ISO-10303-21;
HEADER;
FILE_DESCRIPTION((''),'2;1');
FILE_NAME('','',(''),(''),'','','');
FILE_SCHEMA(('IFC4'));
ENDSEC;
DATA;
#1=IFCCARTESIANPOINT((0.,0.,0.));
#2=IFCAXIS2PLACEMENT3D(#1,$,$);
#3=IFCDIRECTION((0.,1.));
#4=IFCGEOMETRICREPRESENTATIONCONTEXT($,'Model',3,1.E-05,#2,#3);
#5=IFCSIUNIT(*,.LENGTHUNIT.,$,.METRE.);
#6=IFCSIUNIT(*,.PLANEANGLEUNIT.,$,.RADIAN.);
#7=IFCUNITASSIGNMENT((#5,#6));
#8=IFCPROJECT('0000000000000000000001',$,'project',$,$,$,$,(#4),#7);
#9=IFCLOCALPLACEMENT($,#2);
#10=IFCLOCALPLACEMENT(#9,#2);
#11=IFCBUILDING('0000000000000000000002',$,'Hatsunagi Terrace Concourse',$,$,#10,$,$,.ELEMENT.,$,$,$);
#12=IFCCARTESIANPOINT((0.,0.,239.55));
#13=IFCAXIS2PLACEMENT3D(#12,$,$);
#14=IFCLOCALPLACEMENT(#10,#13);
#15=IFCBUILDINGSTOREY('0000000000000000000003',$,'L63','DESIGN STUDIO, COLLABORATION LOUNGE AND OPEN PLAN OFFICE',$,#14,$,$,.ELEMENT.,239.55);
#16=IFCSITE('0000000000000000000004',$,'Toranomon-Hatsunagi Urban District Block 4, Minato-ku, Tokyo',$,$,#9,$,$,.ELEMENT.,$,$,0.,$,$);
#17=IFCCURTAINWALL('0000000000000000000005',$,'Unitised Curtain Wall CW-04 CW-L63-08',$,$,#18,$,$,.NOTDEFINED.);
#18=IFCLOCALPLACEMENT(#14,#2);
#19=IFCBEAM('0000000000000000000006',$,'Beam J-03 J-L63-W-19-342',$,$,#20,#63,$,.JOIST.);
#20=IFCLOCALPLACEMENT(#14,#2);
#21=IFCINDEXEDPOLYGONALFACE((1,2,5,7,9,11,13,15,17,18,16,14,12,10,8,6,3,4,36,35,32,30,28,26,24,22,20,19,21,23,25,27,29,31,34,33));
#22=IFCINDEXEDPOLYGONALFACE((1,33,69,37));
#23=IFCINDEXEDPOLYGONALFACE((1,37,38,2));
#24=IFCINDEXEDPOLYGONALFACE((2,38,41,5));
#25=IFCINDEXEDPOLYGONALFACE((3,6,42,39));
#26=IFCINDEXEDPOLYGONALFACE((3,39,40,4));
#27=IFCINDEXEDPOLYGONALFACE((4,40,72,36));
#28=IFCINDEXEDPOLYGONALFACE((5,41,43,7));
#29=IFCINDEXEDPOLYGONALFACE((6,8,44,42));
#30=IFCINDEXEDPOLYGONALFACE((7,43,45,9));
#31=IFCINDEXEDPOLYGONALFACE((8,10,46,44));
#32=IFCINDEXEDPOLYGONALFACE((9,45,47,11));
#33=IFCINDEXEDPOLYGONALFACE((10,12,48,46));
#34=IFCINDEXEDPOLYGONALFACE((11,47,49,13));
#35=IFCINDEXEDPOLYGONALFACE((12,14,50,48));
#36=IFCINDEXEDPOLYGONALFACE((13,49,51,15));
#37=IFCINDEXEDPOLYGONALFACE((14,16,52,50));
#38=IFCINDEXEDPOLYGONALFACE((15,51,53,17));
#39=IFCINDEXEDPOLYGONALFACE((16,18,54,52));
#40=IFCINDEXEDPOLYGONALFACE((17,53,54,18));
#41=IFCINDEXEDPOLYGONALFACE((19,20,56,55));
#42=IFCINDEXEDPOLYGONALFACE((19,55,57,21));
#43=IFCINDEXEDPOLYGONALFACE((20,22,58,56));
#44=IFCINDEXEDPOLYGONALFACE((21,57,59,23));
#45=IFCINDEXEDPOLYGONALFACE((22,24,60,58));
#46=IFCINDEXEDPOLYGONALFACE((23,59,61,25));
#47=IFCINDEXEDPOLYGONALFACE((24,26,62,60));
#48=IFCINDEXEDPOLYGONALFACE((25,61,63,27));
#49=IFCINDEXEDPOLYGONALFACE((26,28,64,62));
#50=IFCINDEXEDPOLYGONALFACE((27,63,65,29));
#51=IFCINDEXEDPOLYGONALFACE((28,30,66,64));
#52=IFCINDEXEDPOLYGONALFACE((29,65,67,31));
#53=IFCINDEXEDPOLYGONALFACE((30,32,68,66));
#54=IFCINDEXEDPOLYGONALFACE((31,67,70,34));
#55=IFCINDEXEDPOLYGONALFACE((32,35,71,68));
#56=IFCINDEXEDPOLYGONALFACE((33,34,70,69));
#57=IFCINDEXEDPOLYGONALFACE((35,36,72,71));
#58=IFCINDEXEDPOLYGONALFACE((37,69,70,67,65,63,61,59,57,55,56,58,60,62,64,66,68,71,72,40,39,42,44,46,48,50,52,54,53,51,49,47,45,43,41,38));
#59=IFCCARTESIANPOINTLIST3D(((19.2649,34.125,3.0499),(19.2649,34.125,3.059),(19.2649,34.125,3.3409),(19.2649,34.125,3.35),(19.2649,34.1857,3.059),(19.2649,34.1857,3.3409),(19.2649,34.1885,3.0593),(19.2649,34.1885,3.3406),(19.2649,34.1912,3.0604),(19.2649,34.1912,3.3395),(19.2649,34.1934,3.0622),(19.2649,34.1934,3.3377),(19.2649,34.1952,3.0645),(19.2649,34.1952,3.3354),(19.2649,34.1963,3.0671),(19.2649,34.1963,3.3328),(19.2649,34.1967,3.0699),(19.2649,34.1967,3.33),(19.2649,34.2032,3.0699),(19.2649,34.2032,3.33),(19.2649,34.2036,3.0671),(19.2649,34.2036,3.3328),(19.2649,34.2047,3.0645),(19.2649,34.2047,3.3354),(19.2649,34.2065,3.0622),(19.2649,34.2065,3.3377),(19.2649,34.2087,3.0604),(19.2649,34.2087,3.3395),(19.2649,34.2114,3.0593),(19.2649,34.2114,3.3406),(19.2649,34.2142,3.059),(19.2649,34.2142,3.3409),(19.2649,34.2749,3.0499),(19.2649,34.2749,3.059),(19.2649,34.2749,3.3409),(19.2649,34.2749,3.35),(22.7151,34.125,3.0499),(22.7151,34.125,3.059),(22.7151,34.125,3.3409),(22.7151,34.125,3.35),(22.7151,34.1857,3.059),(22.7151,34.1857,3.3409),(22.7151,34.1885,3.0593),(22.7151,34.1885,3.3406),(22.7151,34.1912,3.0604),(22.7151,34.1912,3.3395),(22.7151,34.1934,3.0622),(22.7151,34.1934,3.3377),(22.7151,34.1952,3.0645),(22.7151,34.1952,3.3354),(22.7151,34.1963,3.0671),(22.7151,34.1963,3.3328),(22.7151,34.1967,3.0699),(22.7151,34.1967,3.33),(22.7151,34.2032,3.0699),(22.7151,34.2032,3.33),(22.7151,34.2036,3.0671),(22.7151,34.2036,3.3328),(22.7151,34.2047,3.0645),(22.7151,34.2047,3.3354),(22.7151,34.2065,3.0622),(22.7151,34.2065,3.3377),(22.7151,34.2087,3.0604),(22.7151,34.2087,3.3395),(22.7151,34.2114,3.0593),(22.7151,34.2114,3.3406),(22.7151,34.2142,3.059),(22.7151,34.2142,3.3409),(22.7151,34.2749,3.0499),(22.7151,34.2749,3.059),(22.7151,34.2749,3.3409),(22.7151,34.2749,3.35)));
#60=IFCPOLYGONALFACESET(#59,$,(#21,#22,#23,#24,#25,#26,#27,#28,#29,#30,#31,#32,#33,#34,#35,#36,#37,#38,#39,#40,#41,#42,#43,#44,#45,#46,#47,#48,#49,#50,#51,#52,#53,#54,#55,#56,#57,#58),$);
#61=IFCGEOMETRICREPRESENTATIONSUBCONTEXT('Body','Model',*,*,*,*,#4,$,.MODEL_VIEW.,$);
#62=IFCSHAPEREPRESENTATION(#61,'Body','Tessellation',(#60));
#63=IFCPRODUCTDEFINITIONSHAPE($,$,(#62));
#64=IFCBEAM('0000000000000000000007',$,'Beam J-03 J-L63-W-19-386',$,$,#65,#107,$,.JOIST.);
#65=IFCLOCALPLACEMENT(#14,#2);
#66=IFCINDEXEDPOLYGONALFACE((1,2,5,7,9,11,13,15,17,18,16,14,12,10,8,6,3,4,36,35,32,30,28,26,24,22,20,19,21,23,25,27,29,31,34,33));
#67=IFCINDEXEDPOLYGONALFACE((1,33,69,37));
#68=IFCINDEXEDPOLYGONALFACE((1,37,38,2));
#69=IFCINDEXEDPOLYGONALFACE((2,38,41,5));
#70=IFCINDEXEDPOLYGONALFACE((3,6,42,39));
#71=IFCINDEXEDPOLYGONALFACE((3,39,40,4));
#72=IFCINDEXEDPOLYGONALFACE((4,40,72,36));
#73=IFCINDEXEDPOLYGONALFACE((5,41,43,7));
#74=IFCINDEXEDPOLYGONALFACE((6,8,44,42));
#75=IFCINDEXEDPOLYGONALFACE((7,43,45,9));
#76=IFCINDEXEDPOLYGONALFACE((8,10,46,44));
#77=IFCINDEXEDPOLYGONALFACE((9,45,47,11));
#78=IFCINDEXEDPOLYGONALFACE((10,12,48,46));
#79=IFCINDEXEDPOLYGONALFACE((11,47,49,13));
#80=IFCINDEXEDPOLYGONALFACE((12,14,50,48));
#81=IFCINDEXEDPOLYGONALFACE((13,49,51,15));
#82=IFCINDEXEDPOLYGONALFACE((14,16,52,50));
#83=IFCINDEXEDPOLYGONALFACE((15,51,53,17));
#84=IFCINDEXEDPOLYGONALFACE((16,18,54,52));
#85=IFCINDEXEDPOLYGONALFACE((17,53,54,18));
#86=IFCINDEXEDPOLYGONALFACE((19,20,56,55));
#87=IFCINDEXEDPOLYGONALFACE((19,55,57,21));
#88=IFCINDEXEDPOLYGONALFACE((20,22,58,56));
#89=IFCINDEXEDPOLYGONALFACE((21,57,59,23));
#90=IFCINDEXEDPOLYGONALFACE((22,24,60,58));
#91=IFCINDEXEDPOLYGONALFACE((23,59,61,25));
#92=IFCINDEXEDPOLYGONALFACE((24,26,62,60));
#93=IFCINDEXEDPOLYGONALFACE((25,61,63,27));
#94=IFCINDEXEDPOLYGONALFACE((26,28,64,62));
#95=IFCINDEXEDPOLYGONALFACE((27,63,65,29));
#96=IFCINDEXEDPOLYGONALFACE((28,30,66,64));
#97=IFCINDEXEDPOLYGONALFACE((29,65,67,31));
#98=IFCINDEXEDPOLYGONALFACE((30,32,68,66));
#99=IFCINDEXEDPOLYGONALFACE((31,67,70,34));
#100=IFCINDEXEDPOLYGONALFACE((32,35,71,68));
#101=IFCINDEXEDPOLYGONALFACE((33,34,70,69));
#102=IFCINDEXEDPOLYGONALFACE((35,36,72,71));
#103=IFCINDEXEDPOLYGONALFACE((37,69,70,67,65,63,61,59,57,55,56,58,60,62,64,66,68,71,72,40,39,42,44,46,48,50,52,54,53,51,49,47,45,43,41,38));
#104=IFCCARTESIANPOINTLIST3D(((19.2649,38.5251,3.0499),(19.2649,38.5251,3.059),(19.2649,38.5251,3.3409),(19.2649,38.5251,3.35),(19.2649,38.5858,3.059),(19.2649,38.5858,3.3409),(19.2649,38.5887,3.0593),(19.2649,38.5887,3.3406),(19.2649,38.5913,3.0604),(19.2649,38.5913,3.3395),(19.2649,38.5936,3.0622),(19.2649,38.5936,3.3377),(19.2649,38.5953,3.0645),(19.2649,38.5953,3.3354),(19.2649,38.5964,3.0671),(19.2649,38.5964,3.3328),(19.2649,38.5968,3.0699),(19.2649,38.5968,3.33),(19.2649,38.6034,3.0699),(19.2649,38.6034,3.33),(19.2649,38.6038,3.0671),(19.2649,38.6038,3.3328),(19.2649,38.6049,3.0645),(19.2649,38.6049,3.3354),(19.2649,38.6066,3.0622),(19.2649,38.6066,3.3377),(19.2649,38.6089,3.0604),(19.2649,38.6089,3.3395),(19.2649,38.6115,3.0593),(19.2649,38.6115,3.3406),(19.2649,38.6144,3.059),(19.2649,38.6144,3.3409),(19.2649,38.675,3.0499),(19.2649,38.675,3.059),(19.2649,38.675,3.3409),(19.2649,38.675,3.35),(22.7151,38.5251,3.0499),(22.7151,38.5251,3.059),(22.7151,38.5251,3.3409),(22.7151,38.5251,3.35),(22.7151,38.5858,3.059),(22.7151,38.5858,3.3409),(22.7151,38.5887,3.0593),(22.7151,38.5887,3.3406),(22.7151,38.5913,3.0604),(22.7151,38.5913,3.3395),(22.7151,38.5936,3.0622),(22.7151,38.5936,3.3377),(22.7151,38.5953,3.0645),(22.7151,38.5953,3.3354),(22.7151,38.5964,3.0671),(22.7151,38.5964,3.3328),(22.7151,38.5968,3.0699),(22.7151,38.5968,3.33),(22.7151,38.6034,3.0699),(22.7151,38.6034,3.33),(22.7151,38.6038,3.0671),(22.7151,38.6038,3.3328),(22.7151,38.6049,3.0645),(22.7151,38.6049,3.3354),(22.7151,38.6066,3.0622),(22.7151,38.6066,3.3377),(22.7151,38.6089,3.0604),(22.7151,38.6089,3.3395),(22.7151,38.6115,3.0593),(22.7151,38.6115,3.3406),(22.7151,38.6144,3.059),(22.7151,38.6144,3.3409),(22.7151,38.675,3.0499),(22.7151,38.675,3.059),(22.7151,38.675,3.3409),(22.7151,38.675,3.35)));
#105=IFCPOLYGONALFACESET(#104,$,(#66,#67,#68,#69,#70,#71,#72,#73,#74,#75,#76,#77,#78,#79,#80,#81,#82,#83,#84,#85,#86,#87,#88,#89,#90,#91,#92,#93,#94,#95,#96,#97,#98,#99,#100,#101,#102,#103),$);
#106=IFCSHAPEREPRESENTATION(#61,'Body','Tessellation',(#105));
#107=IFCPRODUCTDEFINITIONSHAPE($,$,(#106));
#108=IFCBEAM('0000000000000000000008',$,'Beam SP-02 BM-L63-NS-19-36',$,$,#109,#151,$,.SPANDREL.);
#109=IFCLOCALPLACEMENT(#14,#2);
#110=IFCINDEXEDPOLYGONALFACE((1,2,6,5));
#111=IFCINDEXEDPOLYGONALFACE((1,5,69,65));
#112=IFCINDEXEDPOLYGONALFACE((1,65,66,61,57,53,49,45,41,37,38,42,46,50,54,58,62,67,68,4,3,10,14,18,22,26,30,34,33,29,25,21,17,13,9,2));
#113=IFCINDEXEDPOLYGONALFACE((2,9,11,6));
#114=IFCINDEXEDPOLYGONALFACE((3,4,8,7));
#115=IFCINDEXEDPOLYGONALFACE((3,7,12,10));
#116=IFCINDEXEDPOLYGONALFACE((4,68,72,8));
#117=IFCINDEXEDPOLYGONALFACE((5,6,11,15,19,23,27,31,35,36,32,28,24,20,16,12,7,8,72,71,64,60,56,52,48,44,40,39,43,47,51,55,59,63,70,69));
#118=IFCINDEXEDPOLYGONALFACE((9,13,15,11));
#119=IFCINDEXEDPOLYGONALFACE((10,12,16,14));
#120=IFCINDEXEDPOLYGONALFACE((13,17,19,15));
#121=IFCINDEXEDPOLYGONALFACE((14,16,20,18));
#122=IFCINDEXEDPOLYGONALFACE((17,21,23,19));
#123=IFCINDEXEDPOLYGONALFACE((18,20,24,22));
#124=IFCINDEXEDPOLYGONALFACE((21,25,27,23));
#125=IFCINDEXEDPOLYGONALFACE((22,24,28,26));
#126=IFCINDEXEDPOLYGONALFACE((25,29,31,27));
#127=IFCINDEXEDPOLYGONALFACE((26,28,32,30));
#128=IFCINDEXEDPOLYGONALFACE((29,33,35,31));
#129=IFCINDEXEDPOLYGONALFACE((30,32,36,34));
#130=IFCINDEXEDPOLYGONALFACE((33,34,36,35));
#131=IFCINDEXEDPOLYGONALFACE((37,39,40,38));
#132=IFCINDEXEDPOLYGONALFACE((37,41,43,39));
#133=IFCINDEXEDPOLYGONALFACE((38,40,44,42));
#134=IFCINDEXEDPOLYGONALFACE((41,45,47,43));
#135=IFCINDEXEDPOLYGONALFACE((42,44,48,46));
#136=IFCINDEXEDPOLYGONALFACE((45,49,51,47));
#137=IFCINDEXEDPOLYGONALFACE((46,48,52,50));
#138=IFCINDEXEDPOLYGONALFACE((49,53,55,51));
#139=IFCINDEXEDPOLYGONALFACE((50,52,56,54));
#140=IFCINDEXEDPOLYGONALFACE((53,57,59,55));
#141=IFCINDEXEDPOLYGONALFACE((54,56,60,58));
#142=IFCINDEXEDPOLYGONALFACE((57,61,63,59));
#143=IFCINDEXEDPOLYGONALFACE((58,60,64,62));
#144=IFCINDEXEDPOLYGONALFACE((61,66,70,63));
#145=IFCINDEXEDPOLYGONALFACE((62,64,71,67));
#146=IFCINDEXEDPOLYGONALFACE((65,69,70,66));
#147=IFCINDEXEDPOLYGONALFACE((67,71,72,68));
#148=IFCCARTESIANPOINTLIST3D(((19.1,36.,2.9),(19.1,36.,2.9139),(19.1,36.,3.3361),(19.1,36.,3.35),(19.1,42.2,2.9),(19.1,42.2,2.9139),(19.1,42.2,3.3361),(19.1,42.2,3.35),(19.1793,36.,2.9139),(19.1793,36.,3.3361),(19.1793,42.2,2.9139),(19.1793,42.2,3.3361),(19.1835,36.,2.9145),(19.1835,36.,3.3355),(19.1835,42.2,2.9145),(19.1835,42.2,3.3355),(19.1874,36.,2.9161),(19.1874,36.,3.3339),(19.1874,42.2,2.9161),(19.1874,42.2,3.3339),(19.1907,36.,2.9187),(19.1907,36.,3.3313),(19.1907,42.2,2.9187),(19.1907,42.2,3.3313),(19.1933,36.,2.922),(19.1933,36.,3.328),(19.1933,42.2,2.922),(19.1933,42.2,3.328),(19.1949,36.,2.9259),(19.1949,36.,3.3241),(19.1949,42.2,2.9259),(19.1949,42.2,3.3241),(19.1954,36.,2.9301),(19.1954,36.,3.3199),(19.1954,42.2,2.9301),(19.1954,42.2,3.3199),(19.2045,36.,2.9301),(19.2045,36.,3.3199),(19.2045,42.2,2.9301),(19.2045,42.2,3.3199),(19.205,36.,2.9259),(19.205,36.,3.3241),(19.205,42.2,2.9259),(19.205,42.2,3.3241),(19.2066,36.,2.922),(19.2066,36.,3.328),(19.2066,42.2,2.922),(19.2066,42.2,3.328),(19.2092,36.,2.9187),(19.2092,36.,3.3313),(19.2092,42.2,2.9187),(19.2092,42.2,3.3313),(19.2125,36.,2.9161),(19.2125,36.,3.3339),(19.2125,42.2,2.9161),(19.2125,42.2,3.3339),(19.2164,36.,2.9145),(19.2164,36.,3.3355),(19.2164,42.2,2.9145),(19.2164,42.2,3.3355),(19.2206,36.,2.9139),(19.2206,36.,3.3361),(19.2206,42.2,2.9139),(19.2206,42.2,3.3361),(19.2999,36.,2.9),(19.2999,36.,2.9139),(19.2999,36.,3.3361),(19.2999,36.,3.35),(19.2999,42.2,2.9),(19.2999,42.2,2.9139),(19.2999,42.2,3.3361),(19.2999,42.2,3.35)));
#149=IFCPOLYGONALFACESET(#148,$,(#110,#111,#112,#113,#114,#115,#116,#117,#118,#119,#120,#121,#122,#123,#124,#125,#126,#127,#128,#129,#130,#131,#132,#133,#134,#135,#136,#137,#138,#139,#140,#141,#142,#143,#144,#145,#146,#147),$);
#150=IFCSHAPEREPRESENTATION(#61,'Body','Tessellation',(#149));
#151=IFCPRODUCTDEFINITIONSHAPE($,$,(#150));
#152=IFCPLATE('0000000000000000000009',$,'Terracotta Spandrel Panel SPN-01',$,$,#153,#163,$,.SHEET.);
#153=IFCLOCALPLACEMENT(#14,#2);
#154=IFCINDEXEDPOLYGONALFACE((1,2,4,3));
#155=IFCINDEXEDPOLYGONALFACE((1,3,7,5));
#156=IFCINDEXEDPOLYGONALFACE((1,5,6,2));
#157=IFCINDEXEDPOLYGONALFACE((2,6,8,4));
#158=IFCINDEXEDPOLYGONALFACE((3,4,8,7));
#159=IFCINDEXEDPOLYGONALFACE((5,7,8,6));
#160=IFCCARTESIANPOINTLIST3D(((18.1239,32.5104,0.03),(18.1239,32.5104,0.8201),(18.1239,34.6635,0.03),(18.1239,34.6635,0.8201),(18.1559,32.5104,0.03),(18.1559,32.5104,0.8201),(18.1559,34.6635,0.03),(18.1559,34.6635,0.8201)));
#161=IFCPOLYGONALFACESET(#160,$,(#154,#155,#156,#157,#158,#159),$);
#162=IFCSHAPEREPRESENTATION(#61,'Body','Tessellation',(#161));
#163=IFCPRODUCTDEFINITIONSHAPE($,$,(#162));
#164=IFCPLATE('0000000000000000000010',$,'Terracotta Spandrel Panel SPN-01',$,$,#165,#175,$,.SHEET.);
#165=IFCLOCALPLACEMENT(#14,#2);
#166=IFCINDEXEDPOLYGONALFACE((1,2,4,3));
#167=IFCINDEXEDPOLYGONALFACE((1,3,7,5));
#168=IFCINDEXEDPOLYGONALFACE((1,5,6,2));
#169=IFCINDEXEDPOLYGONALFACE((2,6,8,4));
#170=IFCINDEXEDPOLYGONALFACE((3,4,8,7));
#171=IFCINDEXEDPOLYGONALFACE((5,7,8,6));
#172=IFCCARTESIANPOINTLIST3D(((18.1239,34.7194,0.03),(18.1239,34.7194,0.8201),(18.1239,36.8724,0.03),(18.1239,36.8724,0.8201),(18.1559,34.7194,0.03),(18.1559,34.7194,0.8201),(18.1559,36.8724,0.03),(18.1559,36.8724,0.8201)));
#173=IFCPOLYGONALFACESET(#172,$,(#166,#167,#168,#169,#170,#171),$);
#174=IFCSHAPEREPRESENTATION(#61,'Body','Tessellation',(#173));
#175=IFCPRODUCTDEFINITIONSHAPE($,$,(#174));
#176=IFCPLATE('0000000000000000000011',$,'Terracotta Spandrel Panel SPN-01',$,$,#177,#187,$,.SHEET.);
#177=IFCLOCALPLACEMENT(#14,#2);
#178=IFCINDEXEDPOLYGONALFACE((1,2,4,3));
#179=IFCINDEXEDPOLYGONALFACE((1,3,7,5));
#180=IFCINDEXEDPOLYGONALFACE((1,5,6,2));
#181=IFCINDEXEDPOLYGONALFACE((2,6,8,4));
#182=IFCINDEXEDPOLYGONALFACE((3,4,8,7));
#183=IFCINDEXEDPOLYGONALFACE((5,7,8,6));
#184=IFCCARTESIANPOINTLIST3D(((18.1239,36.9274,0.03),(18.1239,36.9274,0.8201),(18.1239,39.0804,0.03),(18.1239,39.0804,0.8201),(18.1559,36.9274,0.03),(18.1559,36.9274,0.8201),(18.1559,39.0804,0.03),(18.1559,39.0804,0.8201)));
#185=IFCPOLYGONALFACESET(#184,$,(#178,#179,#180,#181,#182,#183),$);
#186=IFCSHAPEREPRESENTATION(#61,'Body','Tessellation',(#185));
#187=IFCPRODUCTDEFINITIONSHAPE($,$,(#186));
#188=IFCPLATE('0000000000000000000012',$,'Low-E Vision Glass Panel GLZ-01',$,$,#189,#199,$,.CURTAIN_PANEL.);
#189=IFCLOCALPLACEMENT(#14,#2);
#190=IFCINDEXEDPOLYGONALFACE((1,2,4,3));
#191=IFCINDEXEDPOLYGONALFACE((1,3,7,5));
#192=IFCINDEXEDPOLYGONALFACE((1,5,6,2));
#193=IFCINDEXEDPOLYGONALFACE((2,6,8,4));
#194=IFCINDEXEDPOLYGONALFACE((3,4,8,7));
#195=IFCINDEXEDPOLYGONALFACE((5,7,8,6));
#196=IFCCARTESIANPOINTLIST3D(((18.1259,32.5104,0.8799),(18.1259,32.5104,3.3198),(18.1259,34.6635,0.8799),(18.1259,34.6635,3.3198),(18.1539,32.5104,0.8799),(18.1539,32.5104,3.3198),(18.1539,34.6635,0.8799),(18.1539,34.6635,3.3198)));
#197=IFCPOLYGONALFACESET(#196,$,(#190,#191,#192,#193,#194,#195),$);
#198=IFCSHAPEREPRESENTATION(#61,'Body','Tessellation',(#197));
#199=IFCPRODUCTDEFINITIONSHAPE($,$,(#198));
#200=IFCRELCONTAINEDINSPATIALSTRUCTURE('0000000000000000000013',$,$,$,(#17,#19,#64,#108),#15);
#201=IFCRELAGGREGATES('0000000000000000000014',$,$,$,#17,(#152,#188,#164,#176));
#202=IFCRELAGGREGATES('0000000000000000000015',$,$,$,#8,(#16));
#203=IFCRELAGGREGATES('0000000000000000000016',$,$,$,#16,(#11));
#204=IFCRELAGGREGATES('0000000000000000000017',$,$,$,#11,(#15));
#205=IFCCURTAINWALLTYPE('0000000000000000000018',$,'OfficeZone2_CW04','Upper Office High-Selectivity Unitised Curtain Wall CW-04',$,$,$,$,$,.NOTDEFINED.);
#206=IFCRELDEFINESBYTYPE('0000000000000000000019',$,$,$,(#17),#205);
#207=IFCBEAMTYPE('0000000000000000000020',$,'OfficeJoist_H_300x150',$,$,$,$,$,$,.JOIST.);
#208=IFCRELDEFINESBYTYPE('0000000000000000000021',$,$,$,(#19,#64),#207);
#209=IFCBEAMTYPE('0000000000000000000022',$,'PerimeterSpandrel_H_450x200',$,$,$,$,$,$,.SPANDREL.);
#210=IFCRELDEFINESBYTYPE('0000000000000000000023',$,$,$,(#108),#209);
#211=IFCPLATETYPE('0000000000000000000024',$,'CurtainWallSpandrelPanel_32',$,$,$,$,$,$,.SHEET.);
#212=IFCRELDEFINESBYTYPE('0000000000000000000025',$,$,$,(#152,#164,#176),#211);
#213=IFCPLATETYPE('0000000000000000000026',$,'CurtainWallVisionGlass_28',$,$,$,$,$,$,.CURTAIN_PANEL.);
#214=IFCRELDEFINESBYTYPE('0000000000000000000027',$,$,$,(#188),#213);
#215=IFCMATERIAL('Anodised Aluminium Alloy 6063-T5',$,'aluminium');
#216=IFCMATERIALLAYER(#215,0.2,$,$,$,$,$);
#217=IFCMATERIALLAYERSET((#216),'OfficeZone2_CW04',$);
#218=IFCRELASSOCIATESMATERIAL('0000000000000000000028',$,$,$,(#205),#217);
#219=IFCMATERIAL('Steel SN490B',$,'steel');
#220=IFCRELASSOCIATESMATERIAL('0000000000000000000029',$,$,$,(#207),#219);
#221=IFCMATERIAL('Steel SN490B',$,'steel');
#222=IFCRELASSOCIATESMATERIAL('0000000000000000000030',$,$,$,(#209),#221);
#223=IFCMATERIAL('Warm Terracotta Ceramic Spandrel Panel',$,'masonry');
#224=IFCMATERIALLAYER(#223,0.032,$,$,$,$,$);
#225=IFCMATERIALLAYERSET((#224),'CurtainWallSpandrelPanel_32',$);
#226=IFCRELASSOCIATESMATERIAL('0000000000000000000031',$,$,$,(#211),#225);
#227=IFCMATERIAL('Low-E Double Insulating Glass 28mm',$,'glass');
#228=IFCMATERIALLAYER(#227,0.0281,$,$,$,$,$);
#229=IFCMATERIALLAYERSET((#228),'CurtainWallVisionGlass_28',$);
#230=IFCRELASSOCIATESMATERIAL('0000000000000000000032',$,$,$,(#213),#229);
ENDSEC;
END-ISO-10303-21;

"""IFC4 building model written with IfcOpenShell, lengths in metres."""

from ifc_helpers import new_model, si_unit, direction, frame, origin, origin_2d, place, context, subcontext, project, spatial, rectangle, i_section, extrude, material, layer, layer_set, material_profile, profile_set, type_object, element, aggregate, save


model = new_model("IFC4")

# Units and contexts
model_context = context("Model", 3, precision=1e-05, world=origin(), true_north=direction((0.0, 1.0)))
body_context = subcontext(model_context, "Body", "Model", "MODEL_VIEW")
ifc_project = project(units=[si_unit("LENGTHUNIT", "METRE"), si_unit("PLANEANGLEUNIT", "RADIAN")], contexts=[model_context])

# Site, building, storey
site_placement = place(None, origin())
site = spatial("IfcSite", under=ifc_project, at=site_placement, Name="Toranomon-Hatsunagi Urban District Block 4, Minato-ku, Tokyo", CompositionType="ELEMENT", RefElevation=0.0)
building_placement = place(site_placement, origin())
building = spatial("IfcBuilding", under=site, at=building_placement, Name="Hatsunagi Terrace Concourse", CompositionType="ELEMENT")
storey_placement = place(building_placement, frame((0.0, 0.0, 239.55)))
storey = spatial("IfcBuildingStorey", under=building, at=storey_placement, Name="L63", Description="DESIGN STUDIO, COLLABORATION LOUNGE AND OPEN PLAN OFFICE", CompositionType="ELEMENT", Elevation=239.55)

# Curtain wall
ifc_material_1 = material(Name="Anodised Aluminium Alloy 6063-T5", Category="aluminium")
ifc_layer_1 = layer(ifc_material_1, 0.2)
ifc_layer_set_1 = layer_set([ifc_layer_1], Name="OfficeZone2_CW04")
curtain_wall_type = type_object("IfcCurtainWallType", Name="OfficeZone2_CW04", Description="Upper Office High-Selectivity Unitised Curtain Wall CW-04", PredefinedType="NOTDEFINED", material=ifc_layer_set_1)
curtain_wall_placement = place(storey_placement, origin())
curtain_wall = element("IfcCurtainWall", 1, at=curtain_wall_placement, inside=storey, type_object=curtain_wall_type, Name="Unitised Curtain Wall CW-04 CW-L63-08", PredefinedType="NOTDEFINED")

# Beams
ifc_material_2 = material(Name="Steel SN490B", Category="steel")
ifc_material_profile_1 = material_profile(ifc_material_2, i_section(OverallWidth=0.1499, OverallDepth=0.3, WebThickness=0.0066, FlangeThickness=0.009, FilletRadius=0.011, at=origin_2d()), Name="H-300x150x6.5x9")
ifc_profile_set_1 = profile_set([ifc_material_profile_1], Name="Steel SN490B")
beam_type_1 = type_object("IfcBeamType", Name="OfficeJoist_H_300x150", PredefinedType="JOIST", material=ifc_profile_set_1)
for number, where, z_axis, x_axis, name in (
    (2, (19.2649, 34.2, 3.2), (1.0, 0.0, 0.0), (0.0, 1.0, 0.0), "Beam J-03 J-L63-W-19-342"),
    (3, (19.2649, 38.6001, 3.2), (1.0, 0.0, 0.0), (0.0, 1.0, 0.0), "Beam J-03 J-L63-W-19-386"),
):
    element("IfcBeam", number, at=place(storey_placement, frame(where, z_axis=z_axis, x_axis=x_axis)), inside=storey, type_object=beam_type_1, Name=name, PredefinedType="JOIST", context=body_context, shape_type="SweptSolid", body=[
        extrude(i_section(OverallWidth=0.1499, OverallDepth=0.3, WebThickness=0.0066, FlangeThickness=0.009, FilletRadius=0.011, at=origin_2d()), origin(), (0.0, 0.0, 1.0), 3.4502),
    ])
ifc_material_3 = material(Name="Steel SN490B", Category="steel")
ifc_material_profile_2 = material_profile(ifc_material_3, i_section(OverallWidth=0.2, OverallDepth=0.45, WebThickness=0.009, FlangeThickness=0.0139, FilletRadius=0.0161, at=origin_2d()), Name="H-450x200x9x14")
ifc_profile_set_2 = profile_set([ifc_material_profile_2], Name="Steel SN490B")
beam_type_2 = type_object("IfcBeamType", Name="PerimeterSpandrel_H_450x200", PredefinedType="SPANDREL", material=ifc_profile_set_2)
beam_1_placement = place(storey_placement, frame((19.2, 36.0, 3.125), z_axis=(0.0, 1.0, 0.0), x_axis=(-1.0, 0.0, 0.0)))
element("IfcBeam", 4, at=beam_1_placement, inside=storey, type_object=beam_type_2, Name="Beam SP-02 BM-L63-NS-19-36", PredefinedType="SPANDREL", context=body_context, shape_type="SweptSolid", body=[
    extrude(i_section(OverallWidth=0.2, OverallDepth=0.45, WebThickness=0.009, FlangeThickness=0.0139, FilletRadius=0.0161, at=origin_2d()), origin(), (0.0, 0.0, 1.0), 6.2),
])

# Plates
ifc_material_4 = material(Name="Warm Terracotta Ceramic Spandrel Panel", Category="masonry")
ifc_layer_2 = layer(ifc_material_4, 0.032)
ifc_layer_set_2 = layer_set([ifc_layer_2], Name="CurtainWallSpandrelPanel_32")
plate_type_1 = type_object("IfcPlateType", Name="CurtainWallSpandrelPanel_32", PredefinedType="SHEET", material=ifc_layer_set_2)
plate_1_placement = place(storey_placement, frame((18.1399, 33.5869, 0.03), z_axis=(0.0, 0.0, 1.0), x_axis=(0.0, 1.0, 0.0)))
plate_1 = element("IfcPlate", 5, at=plate_1_placement, type_object=plate_type_1, Name="Terracotta Spandrel Panel SPN-01", PredefinedType="SHEET", context=body_context, shape_type="SweptSolid", body=[
    extrude(rectangle(XDim=2.1531, YDim=0.032, at=origin_2d()), origin(), (0.0, 0.0, 1.0), 0.79),
])
plate_2_placement = place(storey_placement, frame((18.1399, 35.7959, 0.03), z_axis=(0.0, 0.0, 1.0), x_axis=(0.0, 1.0, 0.0)))
plate_2 = element("IfcPlate", 6, at=plate_2_placement, type_object=plate_type_1, Name="Terracotta Spandrel Panel SPN-01", PredefinedType="SHEET", context=body_context, shape_type="SweptSolid", body=[
    extrude(rectangle(XDim=2.1531, YDim=0.032, at=origin_2d()), origin(), (0.0, 0.0, 1.0), 0.79),
])
plate_3_placement = place(storey_placement, frame((18.1399, 38.0039, 0.03), z_axis=(0.0, 0.0, 1.0), x_axis=(0.0, 1.0, 0.0)))
plate_3 = element("IfcPlate", 7, at=plate_3_placement, type_object=plate_type_1, Name="Terracotta Spandrel Panel SPN-01", PredefinedType="SHEET", context=body_context, shape_type="SweptSolid", body=[
    extrude(rectangle(XDim=2.1531, YDim=0.032, at=origin_2d()), origin(), (0.0, 0.0, 1.0), 0.79),
])
ifc_material_5 = material(Name="Low-E Double Insulating Glass 28mm", Category="glass")
ifc_layer_3 = layer(ifc_material_5, 0.0281)
ifc_layer_set_3 = layer_set([ifc_layer_3], Name="CurtainWallVisionGlass_28")
plate_type_2 = type_object("IfcPlateType", Name="CurtainWallVisionGlass_28", PredefinedType="CURTAIN_PANEL", material=ifc_layer_set_3)
plate_4_placement = place(storey_placement, frame((18.1399, 33.5869, 0.8799), z_axis=(0.0, 0.0, 1.0), x_axis=(0.0, 1.0, 0.0)))
plate_4 = element("IfcPlate", 8, at=plate_4_placement, type_object=plate_type_2, Name="Low-E Vision Glass Panel GLZ-01", PredefinedType="CURTAIN_PANEL", context=body_context, shape_type="SweptSolid", body=[
    extrude(rectangle(XDim=2.1531, YDim=0.0281, at=origin_2d()), origin(), (0.0, 0.0, 1.0), 2.4399),
])
aggregate(curtain_wall, [plate_1, plate_4, plate_2, plate_3])

save(model, "model.ifc")
